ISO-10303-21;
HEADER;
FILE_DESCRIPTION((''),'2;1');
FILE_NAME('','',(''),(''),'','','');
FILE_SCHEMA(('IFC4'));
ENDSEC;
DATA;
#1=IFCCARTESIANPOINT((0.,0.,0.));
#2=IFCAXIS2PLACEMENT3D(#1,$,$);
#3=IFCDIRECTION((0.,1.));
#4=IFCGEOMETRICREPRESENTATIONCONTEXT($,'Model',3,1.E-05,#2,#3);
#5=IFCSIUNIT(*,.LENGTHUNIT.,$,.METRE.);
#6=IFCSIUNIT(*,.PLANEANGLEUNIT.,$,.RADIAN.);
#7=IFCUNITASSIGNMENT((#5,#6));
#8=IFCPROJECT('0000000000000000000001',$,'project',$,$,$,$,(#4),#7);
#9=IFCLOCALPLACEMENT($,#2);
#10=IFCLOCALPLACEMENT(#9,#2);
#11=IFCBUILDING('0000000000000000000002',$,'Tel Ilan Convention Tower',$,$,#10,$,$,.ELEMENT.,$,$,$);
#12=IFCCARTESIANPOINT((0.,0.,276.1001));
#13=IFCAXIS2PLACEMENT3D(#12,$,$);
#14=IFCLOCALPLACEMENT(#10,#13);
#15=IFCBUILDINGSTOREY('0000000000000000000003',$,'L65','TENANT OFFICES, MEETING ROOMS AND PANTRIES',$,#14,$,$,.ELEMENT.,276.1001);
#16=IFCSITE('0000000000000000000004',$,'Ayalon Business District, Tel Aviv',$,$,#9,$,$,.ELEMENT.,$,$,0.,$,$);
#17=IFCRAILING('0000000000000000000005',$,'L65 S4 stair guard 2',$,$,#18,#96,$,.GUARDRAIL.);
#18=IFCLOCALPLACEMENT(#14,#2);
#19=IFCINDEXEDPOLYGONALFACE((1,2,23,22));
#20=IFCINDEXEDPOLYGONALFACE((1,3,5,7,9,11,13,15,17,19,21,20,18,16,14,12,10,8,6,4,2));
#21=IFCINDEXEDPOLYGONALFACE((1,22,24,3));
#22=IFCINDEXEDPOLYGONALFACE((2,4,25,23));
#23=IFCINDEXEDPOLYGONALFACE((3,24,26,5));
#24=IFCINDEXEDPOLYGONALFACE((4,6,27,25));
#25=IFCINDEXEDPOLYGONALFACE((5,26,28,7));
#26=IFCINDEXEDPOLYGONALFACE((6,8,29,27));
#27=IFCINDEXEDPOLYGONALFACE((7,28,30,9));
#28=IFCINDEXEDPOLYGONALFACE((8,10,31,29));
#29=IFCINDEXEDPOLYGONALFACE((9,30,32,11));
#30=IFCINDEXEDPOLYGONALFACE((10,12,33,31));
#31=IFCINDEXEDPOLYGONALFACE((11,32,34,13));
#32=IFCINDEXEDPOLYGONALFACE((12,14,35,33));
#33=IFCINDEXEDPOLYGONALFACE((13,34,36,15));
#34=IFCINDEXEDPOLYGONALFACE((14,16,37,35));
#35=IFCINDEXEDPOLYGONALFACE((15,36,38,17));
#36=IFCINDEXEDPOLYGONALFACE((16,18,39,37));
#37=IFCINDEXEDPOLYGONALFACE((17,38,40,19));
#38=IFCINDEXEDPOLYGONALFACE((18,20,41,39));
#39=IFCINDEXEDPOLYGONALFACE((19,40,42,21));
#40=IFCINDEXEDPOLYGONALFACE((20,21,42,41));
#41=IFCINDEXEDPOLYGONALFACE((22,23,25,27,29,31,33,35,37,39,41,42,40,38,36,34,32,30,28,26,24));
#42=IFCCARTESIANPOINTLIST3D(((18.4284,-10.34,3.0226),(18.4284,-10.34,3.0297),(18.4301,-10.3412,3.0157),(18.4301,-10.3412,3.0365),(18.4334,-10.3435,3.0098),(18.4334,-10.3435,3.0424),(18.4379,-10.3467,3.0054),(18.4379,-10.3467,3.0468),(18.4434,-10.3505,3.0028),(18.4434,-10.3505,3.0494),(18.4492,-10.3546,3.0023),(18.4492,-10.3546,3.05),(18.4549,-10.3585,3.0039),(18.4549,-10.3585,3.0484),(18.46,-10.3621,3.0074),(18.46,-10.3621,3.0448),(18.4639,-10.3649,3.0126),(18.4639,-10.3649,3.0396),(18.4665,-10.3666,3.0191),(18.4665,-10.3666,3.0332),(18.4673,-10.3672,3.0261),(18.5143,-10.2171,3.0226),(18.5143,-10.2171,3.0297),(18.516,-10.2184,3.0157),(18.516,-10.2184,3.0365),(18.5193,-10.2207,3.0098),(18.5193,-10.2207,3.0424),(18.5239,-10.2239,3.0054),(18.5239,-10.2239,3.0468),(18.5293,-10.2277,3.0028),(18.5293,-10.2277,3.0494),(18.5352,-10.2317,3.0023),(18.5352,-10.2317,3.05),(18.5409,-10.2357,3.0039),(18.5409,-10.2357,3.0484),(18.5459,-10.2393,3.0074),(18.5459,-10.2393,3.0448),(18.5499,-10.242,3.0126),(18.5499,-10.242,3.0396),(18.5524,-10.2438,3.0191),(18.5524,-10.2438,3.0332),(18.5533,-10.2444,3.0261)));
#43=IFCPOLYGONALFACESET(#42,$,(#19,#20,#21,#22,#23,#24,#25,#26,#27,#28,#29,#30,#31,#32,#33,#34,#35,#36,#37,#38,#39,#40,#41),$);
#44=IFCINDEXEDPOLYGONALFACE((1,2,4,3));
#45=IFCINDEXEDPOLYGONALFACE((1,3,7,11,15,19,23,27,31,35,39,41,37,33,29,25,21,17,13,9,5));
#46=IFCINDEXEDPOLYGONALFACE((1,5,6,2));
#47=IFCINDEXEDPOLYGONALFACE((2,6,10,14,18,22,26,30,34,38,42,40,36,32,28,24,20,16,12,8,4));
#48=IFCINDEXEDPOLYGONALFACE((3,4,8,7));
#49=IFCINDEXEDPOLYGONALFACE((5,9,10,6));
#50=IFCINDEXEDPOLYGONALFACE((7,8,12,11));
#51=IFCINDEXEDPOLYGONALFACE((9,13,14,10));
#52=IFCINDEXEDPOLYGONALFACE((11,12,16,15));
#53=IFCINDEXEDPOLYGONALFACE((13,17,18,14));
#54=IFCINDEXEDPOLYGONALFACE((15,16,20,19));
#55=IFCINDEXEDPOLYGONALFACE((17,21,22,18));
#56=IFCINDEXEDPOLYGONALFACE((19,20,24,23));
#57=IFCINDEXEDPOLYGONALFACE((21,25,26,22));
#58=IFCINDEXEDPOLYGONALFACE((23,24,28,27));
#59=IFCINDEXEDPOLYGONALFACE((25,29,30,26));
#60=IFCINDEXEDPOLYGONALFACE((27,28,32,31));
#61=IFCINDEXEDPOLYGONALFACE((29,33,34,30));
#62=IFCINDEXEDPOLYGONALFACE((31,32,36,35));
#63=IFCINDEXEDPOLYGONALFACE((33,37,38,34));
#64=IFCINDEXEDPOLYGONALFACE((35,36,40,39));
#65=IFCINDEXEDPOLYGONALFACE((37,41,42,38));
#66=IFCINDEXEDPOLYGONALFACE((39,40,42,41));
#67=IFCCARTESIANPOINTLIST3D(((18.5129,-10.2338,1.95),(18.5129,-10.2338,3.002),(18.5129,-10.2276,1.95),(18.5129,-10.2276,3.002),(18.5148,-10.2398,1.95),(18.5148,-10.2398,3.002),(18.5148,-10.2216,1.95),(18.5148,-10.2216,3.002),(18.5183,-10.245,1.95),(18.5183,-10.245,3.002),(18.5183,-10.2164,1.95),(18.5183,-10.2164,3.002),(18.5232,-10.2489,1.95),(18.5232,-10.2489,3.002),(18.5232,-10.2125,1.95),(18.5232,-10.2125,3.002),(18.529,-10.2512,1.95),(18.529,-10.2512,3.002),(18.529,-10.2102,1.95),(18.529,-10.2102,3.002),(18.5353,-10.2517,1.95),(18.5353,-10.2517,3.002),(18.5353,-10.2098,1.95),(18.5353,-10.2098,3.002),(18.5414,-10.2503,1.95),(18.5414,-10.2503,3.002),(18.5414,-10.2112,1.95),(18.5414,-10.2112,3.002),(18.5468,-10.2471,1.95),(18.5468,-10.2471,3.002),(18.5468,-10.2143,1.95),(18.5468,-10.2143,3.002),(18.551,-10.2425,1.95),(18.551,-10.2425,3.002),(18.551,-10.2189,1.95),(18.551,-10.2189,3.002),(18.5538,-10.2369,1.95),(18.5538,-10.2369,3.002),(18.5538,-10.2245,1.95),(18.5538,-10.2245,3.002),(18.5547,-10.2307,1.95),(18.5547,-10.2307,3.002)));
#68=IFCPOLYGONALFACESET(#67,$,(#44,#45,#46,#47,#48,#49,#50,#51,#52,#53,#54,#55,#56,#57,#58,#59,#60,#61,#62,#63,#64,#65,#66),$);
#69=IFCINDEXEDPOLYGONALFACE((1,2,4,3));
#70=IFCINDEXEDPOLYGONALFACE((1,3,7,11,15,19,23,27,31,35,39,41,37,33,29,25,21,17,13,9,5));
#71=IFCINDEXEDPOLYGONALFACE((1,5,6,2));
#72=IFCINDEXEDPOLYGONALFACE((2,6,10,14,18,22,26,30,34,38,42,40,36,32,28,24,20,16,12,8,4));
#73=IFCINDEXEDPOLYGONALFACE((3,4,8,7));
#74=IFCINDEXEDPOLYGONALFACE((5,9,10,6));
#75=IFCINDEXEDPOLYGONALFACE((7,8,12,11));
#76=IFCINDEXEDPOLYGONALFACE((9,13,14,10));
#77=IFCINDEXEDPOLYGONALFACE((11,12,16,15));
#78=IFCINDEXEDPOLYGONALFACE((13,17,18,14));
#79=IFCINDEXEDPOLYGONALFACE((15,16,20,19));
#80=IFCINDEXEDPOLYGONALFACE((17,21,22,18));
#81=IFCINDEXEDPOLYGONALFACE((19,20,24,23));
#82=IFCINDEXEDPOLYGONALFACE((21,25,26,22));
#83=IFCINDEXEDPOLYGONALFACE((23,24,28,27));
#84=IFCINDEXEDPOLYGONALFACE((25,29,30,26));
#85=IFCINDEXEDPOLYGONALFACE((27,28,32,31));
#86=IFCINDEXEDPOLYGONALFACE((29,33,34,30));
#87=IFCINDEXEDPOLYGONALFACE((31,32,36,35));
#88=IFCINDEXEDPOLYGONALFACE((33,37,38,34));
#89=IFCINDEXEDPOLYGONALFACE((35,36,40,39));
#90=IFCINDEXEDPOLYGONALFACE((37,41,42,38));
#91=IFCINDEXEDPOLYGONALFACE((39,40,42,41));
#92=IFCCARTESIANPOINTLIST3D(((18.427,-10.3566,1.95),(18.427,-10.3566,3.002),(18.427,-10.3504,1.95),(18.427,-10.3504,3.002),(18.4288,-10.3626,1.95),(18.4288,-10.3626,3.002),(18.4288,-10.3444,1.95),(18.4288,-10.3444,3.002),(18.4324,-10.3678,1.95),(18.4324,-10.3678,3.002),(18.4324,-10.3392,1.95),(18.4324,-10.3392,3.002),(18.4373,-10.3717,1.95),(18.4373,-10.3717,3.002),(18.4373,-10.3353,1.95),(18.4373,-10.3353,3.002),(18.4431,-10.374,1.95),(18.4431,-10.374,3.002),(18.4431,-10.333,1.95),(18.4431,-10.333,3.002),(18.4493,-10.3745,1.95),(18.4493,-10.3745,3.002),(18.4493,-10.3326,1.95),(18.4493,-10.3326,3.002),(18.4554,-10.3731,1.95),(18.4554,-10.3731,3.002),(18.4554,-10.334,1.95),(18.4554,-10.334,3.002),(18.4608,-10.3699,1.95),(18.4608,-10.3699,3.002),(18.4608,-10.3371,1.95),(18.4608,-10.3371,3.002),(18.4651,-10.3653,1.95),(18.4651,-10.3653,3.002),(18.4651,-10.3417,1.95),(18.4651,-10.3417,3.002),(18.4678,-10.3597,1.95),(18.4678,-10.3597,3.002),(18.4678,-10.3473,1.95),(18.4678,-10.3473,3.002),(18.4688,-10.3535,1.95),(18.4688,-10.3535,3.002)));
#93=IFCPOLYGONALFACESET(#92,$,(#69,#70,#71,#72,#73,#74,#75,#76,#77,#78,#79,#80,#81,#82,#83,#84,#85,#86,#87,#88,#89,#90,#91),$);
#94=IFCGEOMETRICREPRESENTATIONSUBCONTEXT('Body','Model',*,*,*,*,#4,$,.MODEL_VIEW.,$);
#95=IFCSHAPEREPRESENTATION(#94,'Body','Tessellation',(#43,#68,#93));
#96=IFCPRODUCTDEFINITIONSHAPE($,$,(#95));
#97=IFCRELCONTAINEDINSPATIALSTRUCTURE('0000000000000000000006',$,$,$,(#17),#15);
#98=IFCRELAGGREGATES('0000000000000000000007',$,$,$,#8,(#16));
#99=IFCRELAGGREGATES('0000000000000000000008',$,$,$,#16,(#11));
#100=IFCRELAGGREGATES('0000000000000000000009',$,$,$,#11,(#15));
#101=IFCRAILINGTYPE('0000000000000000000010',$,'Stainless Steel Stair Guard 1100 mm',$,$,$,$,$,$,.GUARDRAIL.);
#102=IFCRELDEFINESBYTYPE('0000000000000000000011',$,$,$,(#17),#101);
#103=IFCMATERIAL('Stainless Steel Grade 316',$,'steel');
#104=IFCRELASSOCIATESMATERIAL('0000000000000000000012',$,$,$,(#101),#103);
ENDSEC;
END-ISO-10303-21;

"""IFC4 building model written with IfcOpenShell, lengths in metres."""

from ifc_helpers import new_model, si_unit, direction, frame, origin, origin_2d, place, context, subcontext, project, spatial, circle, extrude, material, type_object, element, save


model = new_model("IFC4")

# Units and contexts
model_context = context("Model", 3, precision=1e-05, world=origin(), true_north=direction((0.0, 1.0)))
body_context = subcontext(model_context, "Body", "Model", "MODEL_VIEW")
ifc_project = project(units=[si_unit("LENGTHUNIT", "METRE"), si_unit("PLANEANGLEUNIT", "RADIAN")], contexts=[model_context])

# Site, building, storey
site_placement = place(None, origin())
site = spatial("IfcSite", under=ifc_project, at=site_placement, Name="Ayalon Business District, Tel Aviv", CompositionType="ELEMENT", RefElevation=0.0)
building_placement = place(site_placement, origin())
building = spatial("IfcBuilding", under=site, at=building_placement, Name="Tel Ilan Convention Tower", CompositionType="ELEMENT")
storey_placement = place(building_placement, frame((0.0, 0.0, 276.1001)))
storey = spatial("IfcBuildingStorey", under=building, at=storey_placement, Name="L65", Description="TENANT OFFICES, MEETING ROOMS AND PANTRIES", CompositionType="ELEMENT", Elevation=276.1001)

# Railing
ifc_material_1 = material(Name="Stainless Steel Grade 316", Category="steel")
railing_type_1 = type_object("IfcRailingType", Name="Stainless Steel Stair Guard 1100 mm", PredefinedType="GUARDRAIL", material=ifc_material_1)
railing_1_placement = place(storey_placement, frame((18.5337, -10.2307, 1.95)))
element("IfcRailing", 1, at=railing_1_placement, inside=storey, type_object=railing_type_1, Name="L65 S4 stair guard 2", PredefinedType="GUARDRAIL", context=body_context, shape_type="SweptSolid", body=[
    extrude(circle(Radius=0.0239, at=origin_2d()), frame((0.0, 0.0, 1.0762), z_axis=(-0.573353, -0.819308, 0.0), x_axis=(0.819308, -0.573353, 0.0)), (0.0, 0.0, 1.0), 0.1499),
    extrude(circle(Radius=0.021, at=origin_2d()), origin(), (0.0, 0.0, 1.0), 1.052),
    extrude(circle(Radius=0.021, at=origin_2d()), frame((-0.0859, -0.1228, 0.0)), (0.0, 0.0, 1.0), 1.052),
])

save(model, "model.ifc")
